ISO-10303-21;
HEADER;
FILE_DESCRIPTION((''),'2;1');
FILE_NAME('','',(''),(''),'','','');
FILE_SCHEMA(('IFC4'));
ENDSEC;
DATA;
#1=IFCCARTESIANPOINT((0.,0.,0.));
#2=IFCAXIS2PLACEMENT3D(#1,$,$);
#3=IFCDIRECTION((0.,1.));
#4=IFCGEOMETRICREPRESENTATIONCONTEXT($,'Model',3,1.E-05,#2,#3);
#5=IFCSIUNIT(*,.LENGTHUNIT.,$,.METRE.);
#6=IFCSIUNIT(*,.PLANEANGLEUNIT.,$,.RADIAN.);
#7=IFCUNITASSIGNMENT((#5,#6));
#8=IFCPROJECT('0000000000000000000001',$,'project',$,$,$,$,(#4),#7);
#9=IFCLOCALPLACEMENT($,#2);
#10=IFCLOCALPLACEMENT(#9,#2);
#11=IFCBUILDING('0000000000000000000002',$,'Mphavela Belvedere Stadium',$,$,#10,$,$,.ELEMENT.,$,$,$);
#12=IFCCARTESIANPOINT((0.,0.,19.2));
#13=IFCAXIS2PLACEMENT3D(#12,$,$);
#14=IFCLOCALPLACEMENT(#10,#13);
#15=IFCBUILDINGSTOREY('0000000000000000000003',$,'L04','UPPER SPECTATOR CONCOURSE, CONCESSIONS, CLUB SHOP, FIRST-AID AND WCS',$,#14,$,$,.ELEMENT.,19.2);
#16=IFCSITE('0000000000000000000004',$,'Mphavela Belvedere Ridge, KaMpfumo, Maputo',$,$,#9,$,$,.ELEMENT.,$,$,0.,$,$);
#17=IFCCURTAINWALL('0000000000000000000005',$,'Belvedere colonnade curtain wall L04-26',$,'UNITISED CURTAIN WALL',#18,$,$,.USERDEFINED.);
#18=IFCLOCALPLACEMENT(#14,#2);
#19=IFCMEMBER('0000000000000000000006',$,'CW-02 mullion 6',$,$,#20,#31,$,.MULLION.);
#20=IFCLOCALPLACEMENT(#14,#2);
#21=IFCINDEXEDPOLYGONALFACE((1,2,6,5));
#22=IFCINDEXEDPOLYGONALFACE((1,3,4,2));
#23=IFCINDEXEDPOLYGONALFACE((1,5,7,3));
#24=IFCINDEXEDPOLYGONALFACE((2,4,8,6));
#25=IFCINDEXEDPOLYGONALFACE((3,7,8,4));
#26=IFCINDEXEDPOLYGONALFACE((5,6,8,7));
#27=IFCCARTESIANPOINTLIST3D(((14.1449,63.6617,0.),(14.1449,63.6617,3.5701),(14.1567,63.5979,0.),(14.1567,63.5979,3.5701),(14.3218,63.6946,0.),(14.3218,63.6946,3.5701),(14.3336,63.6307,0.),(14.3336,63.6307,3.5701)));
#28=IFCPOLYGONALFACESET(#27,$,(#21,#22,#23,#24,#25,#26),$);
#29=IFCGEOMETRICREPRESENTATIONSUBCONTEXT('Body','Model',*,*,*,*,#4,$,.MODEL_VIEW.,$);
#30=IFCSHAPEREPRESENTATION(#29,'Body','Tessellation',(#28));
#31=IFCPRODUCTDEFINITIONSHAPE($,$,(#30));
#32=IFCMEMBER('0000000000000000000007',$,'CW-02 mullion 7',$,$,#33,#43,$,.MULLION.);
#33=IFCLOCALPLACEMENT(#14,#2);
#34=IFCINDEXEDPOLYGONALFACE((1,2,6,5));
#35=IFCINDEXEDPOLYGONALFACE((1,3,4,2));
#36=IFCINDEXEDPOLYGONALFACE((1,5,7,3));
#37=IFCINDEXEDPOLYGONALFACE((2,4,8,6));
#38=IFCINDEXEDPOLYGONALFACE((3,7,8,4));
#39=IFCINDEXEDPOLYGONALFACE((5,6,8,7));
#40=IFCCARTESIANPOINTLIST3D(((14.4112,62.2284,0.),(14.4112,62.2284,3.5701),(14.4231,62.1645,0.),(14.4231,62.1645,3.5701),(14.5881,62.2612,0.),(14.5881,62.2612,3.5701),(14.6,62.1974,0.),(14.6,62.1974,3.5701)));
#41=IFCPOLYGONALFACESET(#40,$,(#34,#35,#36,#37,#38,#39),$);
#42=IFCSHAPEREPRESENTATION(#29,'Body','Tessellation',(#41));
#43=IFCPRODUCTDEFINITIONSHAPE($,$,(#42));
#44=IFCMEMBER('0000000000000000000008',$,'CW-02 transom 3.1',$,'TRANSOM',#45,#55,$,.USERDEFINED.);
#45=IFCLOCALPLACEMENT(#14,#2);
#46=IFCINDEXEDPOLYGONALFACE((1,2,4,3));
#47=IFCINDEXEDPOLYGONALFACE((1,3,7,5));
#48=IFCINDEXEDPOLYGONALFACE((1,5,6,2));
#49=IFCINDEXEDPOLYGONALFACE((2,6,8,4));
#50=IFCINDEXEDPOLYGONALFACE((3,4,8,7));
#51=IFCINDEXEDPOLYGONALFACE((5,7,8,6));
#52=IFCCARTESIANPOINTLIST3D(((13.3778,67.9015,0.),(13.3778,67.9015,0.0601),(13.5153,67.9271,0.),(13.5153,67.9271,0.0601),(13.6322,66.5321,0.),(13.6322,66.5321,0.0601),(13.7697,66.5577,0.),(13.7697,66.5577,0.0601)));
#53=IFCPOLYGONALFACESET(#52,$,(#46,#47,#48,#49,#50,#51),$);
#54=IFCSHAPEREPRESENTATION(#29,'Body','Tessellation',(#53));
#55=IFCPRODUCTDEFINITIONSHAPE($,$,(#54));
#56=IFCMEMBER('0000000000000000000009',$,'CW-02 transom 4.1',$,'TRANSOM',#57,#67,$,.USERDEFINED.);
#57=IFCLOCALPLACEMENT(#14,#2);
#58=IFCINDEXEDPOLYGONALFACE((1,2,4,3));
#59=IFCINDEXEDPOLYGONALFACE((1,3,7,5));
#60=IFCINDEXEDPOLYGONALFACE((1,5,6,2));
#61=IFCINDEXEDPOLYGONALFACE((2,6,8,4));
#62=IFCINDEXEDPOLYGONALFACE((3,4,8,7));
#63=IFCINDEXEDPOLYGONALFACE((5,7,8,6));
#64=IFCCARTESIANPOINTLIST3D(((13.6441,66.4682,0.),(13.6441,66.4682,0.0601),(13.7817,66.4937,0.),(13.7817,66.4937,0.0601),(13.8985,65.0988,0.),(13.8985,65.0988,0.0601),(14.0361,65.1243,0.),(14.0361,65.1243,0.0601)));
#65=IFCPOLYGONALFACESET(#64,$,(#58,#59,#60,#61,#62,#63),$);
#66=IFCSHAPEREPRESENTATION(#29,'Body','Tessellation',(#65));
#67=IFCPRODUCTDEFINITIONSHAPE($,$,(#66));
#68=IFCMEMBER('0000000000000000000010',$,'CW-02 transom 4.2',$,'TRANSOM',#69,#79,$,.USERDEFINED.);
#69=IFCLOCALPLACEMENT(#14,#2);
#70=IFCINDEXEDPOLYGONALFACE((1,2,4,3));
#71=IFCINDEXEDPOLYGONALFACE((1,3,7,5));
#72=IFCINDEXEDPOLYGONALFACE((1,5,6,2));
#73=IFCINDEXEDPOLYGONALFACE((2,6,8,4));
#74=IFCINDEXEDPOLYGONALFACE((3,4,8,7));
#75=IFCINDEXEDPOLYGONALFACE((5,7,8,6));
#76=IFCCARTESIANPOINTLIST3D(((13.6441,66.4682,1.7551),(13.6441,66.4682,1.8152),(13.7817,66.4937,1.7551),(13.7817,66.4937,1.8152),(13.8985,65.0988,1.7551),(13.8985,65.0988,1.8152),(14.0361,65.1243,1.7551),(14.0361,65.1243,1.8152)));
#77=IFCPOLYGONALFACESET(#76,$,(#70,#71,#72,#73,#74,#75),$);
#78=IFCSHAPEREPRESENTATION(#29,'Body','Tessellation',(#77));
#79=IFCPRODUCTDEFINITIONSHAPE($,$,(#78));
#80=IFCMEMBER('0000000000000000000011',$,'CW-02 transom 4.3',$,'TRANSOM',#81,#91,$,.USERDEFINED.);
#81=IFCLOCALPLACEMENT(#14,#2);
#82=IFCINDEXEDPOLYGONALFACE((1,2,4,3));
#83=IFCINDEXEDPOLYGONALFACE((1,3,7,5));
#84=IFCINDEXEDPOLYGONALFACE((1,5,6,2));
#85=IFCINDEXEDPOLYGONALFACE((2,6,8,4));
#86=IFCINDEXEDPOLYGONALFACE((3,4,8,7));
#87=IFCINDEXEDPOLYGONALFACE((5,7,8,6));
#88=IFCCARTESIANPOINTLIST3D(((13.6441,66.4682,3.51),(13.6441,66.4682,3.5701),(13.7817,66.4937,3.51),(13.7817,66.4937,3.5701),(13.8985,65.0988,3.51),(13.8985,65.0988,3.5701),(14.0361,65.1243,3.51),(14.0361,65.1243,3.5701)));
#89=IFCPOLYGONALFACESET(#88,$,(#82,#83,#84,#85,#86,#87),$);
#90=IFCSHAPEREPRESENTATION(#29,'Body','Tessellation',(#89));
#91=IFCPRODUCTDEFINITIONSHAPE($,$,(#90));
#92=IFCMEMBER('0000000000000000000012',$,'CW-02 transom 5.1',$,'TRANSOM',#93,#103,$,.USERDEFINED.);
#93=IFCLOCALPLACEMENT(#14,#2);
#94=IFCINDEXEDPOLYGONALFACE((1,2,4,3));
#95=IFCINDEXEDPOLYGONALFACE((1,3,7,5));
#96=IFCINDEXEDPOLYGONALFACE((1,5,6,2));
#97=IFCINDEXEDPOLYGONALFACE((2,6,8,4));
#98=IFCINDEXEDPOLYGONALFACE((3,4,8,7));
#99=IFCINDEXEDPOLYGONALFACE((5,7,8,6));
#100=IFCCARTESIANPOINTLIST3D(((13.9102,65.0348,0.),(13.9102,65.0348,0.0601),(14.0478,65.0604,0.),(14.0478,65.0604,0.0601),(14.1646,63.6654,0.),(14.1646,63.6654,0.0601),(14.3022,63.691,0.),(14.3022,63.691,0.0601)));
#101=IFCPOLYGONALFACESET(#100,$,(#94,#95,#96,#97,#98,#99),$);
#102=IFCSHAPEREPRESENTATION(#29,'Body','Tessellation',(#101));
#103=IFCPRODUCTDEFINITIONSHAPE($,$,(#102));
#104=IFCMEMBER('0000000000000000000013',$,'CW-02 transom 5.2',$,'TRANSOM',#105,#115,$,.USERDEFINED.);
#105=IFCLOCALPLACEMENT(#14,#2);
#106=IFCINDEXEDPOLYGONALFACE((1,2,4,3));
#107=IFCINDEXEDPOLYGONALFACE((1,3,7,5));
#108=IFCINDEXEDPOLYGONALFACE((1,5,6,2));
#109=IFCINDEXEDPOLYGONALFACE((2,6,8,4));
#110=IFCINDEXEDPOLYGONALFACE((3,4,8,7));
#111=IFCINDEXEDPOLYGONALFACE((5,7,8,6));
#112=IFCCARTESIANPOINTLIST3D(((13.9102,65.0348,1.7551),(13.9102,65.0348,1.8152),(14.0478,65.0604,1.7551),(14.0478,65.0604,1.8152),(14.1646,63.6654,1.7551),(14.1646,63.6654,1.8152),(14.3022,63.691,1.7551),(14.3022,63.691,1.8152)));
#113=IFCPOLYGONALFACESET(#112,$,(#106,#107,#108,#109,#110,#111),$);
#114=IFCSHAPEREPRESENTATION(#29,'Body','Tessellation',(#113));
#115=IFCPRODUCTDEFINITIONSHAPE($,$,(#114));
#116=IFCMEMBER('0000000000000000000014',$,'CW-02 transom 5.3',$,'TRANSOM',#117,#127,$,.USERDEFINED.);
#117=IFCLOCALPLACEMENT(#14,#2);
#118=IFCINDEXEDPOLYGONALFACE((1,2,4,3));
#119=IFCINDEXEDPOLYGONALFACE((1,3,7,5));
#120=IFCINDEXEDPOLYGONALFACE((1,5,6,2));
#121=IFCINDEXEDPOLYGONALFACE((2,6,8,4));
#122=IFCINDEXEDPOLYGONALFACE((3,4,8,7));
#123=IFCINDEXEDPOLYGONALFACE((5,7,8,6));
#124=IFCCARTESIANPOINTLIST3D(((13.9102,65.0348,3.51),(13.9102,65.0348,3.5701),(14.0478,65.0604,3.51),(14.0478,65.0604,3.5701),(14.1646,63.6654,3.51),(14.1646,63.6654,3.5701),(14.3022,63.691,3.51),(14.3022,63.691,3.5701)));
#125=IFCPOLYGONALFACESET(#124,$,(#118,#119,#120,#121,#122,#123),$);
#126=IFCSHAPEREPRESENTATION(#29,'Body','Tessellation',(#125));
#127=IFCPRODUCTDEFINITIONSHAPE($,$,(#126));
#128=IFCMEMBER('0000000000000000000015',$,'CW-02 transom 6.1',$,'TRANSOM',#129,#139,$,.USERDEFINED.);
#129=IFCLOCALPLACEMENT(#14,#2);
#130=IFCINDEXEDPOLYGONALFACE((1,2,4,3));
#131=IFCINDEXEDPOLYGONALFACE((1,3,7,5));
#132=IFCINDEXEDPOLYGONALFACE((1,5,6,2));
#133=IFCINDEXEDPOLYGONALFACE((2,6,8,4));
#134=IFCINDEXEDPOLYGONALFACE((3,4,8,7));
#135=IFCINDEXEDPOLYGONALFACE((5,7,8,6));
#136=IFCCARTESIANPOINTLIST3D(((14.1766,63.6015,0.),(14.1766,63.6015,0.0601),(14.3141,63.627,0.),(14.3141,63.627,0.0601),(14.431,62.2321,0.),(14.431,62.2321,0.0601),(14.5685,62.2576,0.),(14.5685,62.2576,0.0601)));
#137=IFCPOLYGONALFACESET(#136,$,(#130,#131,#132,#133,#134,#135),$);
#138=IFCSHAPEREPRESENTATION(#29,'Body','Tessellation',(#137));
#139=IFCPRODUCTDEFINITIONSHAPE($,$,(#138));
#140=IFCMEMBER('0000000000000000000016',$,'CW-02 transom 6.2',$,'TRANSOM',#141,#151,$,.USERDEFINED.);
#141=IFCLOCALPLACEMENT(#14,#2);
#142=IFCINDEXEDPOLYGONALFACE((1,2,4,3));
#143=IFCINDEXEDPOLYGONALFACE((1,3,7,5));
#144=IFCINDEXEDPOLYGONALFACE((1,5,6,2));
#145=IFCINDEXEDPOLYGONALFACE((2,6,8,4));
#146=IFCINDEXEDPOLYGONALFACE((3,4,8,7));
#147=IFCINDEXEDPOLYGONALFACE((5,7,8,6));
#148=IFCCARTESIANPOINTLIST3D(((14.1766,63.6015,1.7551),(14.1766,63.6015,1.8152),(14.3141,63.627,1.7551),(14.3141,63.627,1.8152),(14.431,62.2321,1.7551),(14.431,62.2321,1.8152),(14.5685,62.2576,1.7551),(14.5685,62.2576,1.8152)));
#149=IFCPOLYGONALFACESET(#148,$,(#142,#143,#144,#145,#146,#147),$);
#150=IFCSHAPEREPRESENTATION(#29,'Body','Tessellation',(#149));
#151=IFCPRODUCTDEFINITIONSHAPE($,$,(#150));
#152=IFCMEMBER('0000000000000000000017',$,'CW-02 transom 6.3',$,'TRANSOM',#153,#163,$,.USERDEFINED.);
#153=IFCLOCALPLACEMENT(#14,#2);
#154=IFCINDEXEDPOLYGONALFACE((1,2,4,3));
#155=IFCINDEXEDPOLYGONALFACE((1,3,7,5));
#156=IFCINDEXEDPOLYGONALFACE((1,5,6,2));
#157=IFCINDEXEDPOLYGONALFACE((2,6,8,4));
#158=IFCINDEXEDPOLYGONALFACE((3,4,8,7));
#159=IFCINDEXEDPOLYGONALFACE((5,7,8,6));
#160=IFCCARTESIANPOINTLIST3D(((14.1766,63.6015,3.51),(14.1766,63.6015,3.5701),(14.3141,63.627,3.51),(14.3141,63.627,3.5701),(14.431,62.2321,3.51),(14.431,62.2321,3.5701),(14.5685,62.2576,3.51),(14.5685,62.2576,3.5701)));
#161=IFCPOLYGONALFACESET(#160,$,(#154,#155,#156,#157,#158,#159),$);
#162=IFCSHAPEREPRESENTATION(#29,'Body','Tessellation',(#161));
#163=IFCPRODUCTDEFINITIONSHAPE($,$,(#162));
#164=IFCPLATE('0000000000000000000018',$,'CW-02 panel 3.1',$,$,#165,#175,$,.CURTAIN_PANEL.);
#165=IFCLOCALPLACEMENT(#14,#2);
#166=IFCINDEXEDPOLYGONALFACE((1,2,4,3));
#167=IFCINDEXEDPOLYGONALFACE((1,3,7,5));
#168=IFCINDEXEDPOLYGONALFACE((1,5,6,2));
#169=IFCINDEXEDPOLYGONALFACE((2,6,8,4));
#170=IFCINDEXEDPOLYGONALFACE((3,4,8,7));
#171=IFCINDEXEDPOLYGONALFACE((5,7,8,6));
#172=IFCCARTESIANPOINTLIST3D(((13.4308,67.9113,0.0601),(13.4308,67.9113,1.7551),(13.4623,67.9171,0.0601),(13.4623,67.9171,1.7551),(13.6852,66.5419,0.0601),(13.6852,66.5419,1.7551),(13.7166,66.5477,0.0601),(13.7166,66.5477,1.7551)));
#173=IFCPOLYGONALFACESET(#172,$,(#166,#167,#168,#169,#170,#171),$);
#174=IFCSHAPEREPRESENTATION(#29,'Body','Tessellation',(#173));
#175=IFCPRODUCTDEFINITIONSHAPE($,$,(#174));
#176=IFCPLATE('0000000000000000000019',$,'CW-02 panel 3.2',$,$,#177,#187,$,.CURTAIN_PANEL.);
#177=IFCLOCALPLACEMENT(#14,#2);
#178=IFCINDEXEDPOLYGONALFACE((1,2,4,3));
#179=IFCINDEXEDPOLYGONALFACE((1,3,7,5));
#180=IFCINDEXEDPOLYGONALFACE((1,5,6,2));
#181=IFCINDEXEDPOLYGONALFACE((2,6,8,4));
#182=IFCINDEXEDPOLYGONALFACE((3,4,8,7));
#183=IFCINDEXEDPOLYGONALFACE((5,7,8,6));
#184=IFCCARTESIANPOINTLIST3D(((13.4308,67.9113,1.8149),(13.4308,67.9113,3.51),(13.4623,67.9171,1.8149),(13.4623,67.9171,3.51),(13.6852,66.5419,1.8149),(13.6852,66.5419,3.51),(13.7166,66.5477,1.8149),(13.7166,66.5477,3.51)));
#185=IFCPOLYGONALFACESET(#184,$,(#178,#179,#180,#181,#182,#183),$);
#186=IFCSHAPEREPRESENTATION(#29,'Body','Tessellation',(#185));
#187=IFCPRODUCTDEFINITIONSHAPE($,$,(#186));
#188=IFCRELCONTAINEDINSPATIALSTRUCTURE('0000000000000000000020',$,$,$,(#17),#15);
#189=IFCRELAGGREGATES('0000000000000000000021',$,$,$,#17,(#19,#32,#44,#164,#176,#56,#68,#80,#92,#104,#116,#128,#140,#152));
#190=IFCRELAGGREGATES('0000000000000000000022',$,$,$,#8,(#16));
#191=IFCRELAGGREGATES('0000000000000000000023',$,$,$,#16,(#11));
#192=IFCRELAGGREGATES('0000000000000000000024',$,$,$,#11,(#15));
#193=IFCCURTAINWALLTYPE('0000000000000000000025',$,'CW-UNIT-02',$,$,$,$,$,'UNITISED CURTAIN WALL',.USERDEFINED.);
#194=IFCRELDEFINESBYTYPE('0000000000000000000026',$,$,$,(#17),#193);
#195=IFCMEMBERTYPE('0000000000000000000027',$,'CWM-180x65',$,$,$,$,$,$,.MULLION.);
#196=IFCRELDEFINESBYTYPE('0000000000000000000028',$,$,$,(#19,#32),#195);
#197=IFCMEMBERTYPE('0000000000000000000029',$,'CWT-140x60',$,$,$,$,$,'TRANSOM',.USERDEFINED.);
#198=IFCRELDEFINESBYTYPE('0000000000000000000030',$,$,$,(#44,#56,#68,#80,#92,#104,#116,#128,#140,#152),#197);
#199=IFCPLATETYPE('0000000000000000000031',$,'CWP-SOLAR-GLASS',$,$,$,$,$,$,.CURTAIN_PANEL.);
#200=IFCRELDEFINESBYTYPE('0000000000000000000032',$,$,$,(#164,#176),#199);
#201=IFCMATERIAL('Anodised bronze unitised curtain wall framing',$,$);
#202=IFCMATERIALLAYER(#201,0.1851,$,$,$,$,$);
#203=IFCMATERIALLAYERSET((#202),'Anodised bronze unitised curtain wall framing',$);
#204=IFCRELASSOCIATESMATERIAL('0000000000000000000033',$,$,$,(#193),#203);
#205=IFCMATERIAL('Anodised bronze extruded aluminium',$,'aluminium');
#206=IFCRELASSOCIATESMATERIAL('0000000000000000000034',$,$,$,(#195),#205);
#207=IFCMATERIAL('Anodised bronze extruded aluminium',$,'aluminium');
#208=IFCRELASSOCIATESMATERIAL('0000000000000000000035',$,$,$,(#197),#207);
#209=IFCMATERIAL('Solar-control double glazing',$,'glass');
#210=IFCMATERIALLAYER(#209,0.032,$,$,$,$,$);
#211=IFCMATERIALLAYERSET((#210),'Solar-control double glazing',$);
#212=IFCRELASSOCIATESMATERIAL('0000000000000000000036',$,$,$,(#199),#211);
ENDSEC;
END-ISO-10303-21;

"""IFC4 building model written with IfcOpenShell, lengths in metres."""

from ifc_helpers import new_model, si_unit, direction, frame, origin, origin_2d, place, context, subcontext, project, spatial, rectangle, extrude, material, layer, layer_set, material_profile, profile_set, type_object, element, aggregate, save


model = new_model("IFC4")

# Units and contexts
model_context = context("Model", 3, precision=1e-05, world=origin(), true_north=direction((0.0, 1.0)))
body_context = subcontext(model_context, "Body", "Model", "MODEL_VIEW")
ifc_project = project(units=[si_unit("LENGTHUNIT", "METRE"), si_unit("PLANEANGLEUNIT", "RADIAN")], contexts=[model_context])

# Site, building, storey
site_placement = place(None, origin())
site = spatial("IfcSite", under=ifc_project, at=site_placement, Name="Mphavela Belvedere Ridge, KaMpfumo, Maputo", CompositionType="ELEMENT", RefElevation=0.0)
building_placement = place(site_placement, origin())
building = spatial("IfcBuilding", under=site, at=building_placement, Name="Mphavela Belvedere Stadium", CompositionType="ELEMENT")
storey_placement = place(building_placement, frame((0.0, 0.0, 19.2)))
storey = spatial("IfcBuildingStorey", under=building, at=storey_placement, Name="L04", Description="UPPER SPECTATOR CONCOURSE, CONCESSIONS, CLUB SHOP, FIRST-AID AND WCS", CompositionType="ELEMENT", Elevation=19.2)

# Curtain wall, members, plates
ifc_material_1 = material(Name="Anodised bronze unitised curtain wall framing")
ifc_layer_1 = layer(ifc_material_1, 0.1851)
ifc_layer_set_1 = layer_set([ifc_layer_1], Name="Anodised bronze unitised curtain wall framing")
curtain_wall_type = type_object("IfcCurtainWallType", Name="CW-UNIT-02", ElementType="UNITISED CURTAIN WALL", PredefinedType="USERDEFINED", material=ifc_layer_set_1)
curtain_wall_placement = place(storey_placement, origin())
curtain_wall = element("IfcCurtainWall", 1, at=curtain_wall_placement, inside=storey, type_object=curtain_wall_type, Name="Belvedere colonnade curtain wall L04-26", ObjectType="UNITISED CURTAIN WALL", PredefinedType="USERDEFINED")
ifc_material_2 = material(Name="Anodised bronze extruded aluminium", Category="aluminium")
ifc_material_profile_1 = material_profile(ifc_material_2, rectangle(XDim=0.1799, YDim=0.0649, at=origin_2d()), Name="CW-MUL 180x65")
ifc_profile_set_1 = profile_set([ifc_material_profile_1], Name="Anodised bronze extruded aluminium")
member_type_1 = type_object("IfcMemberType", Name="CWM-180x65", PredefinedType="MULLION", material=ifc_profile_set_1)
member_1_placement = place(storey_placement, frame((14.2393, 63.6462, 0.0), z_axis=(0.0, 0.0, 1.0), x_axis=(0.983184, 0.182618, 0.0)))
member_1 = element("IfcMember", 2, at=member_1_placement, type_object=member_type_1, Name="CW-02 mullion 6", PredefinedType="MULLION", context=body_context, shape_type="SweptSolid", body=[
    extrude(rectangle(XDim=0.1799, YDim=0.0649, at=origin_2d()), origin(), (0.0, 0.0, 1.0), 3.5701),
])
member_2_placement = place(storey_placement, frame((14.5056, 62.2129, 0.0), z_axis=(0.0, 0.0, 1.0), x_axis=(0.983184, 0.182618, 0.0)))
member_2 = element("IfcMember", 3, at=member_2_placement, type_object=member_type_1, Name="CW-02 mullion 7", PredefinedType="MULLION", context=body_context, shape_type="SweptSolid", body=[
    extrude(rectangle(XDim=0.1799, YDim=0.0649, at=origin_2d()), origin(), (0.0, 0.0, 1.0), 3.5701),
])
ifc_material_3 = material(Name="Anodised bronze extruded aluminium", Category="aluminium")
ifc_material_profile_2 = material_profile(ifc_material_3, rectangle(XDim=0.1399, YDim=0.0601, at=origin_2d()), Name="CW-TRN 140x60")
ifc_profile_set_2 = profile_set([ifc_material_profile_2], Name="Anodised bronze extruded aluminium")
member_type_2 = type_object("IfcMemberType", Name="CWT-140x60", ElementType="TRANSOM", PredefinedType="USERDEFINED", material=ifc_profile_set_2)
member_3_placement = place(storey_placement, frame((13.4465, 67.9143, 0.03), z_axis=(0.182648, -0.983178, 0.0), x_axis=(0.983178, 0.182648, 0.0)))
member_3 = element("IfcMember", 4, at=member_3_placement, type_object=member_type_2, Name="CW-02 transom 3.1", ObjectType="TRANSOM", PredefinedType="USERDEFINED", context=body_context, shape_type="SweptSolid", body=[
    extrude(rectangle(XDim=0.1399, YDim=0.0601, at=origin_2d()), origin(), (0.0, 0.0, 1.0), 1.3928),
])
member_4_placement = place(storey_placement, frame((13.7129, 66.481, 0.03), z_axis=(0.182648, -0.983178, 0.0), x_axis=(0.983178, 0.182648, 0.0)))
member_4 = element("IfcMember", 5, at=member_4_placement, type_object=member_type_2, Name="CW-02 transom 4.1", ObjectType="TRANSOM", PredefinedType="USERDEFINED", context=body_context, shape_type="SweptSolid", body=[
    extrude(rectangle(XDim=0.1399, YDim=0.0601, at=origin_2d()), origin(), (0.0, 0.0, 1.0), 1.3928),
])
member_5_placement = place(storey_placement, frame((13.7129, 66.481, 1.7852), z_axis=(0.182648, -0.983178, 0.0), x_axis=(0.983178, 0.182648, 0.0)))
member_5 = element("IfcMember", 6, at=member_5_placement, type_object=member_type_2, Name="CW-02 transom 4.2", ObjectType="TRANSOM", PredefinedType="USERDEFINED", context=body_context, shape_type="SweptSolid", body=[
    extrude(rectangle(XDim=0.1399, YDim=0.0601, at=origin_2d()), origin(), (0.0, 0.0, 1.0), 1.3928),
])
member_6_placement = place(storey_placement, frame((13.7129, 66.481, 3.54), z_axis=(0.182648, -0.983178, 0.0), x_axis=(0.983178, 0.182648, 0.0)))
member_6 = element("IfcMember", 7, at=member_6_placement, type_object=member_type_2, Name="CW-02 transom 4.3", ObjectType="TRANSOM", PredefinedType="USERDEFINED", context=body_context, shape_type="SweptSolid", body=[
    extrude(rectangle(XDim=0.1399, YDim=0.0601, at=origin_2d()), origin(), (0.0, 0.0, 1.0), 1.3928),
])
member_7_placement = place(storey_placement, frame((13.979, 65.0476, 0.03), z_axis=(0.182648, -0.983178, 0.0), x_axis=(0.983178, 0.182648, 0.0)))
member_7 = element("IfcMember", 8, at=member_7_placement, type_object=member_type_2, Name="CW-02 transom 5.1", ObjectType="TRANSOM", PredefinedType="USERDEFINED", context=body_context, shape_type="SweptSolid", body=[
    extrude(rectangle(XDim=0.1399, YDim=0.0601, at=origin_2d()), origin(), (0.0, 0.0, 1.0), 1.3928),
])
member_8_placement = place(storey_placement, frame((13.979, 65.0476, 1.7852), z_axis=(0.182648, -0.983178, 0.0), x_axis=(0.983178, 0.182648, 0.0)))
member_8 = element("IfcMember", 9, at=member_8_placement, type_object=member_type_2, Name="CW-02 transom 5.2", ObjectType="TRANSOM", PredefinedType="USERDEFINED", context=body_context, shape_type="SweptSolid", body=[
    extrude(rectangle(XDim=0.1399, YDim=0.0601, at=origin_2d()), origin(), (0.0, 0.0, 1.0), 1.3928),
])
member_9_placement = place(storey_placement, frame((13.979, 65.0476, 3.54), z_axis=(0.182648, -0.983178, 0.0), x_axis=(0.983178, 0.182648, 0.0)))
member_9 = element("IfcMember", 10, at=member_9_placement, type_object=member_type_2, Name="CW-02 transom 5.3", ObjectType="TRANSOM", PredefinedType="USERDEFINED", context=body_context, shape_type="SweptSolid", body=[
    extrude(rectangle(XDim=0.1399, YDim=0.0601, at=origin_2d()), origin(), (0.0, 0.0, 1.0), 1.3928),
])
member_10_placement = place(storey_placement, frame((14.2454, 63.6143, 0.03), z_axis=(0.182648, -0.983178, 0.0), x_axis=(0.983178, 0.182648, 0.0)))
member_10 = element("IfcMember", 11, at=member_10_placement, type_object=member_type_2, Name="CW-02 transom 6.1", ObjectType="TRANSOM", PredefinedType="USERDEFINED", context=body_context, shape_type="SweptSolid", body=[
    extrude(rectangle(XDim=0.1399, YDim=0.0601, at=origin_2d()), origin(), (0.0, 0.0, 1.0), 1.3928),
])
member_11_placement = place(storey_placement, frame((14.2454, 63.6143, 1.7852), z_axis=(0.182648, -0.983178, 0.0), x_axis=(0.983178, 0.182648, 0.0)))
member_11 = element("IfcMember", 12, at=member_11_placement, type_object=member_type_2, Name="CW-02 transom 6.2", ObjectType="TRANSOM", PredefinedType="USERDEFINED", context=body_context, shape_type="SweptSolid", body=[
    extrude(rectangle(XDim=0.1399, YDim=0.0601, at=origin_2d()), origin(), (0.0, 0.0, 1.0), 1.3928),
])
member_12_placement = place(storey_placement, frame((14.2454, 63.6143, 3.54), z_axis=(0.182648, -0.983178, 0.0), x_axis=(0.983178, 0.182648, 0.0)))
member_12 = element("IfcMember", 13, at=member_12_placement, type_object=member_type_2, Name="CW-02 transom 6.3", ObjectType="TRANSOM", PredefinedType="USERDEFINED", context=body_context, shape_type="SweptSolid", body=[
    extrude(rectangle(XDim=0.1399, YDim=0.0601, at=origin_2d()), origin(), (0.0, 0.0, 1.0), 1.3928),
])
ifc_material_4 = material(Name="Solar-control double glazing", Category="glass")
ifc_layer_2 = layer(ifc_material_4, 0.032)
ifc_layer_set_2 = layer_set([ifc_layer_2], Name="Solar-control double glazing")
plate_type = type_object("IfcPlateType", Name="CWP-SOLAR-GLASS", PredefinedType="CURTAIN_PANEL", material=ifc_layer_set_2)
plate_1_placement = place(storey_placement, frame((13.5737, 67.2295, 0.0601), z_axis=(0.0, 0.0, 1.0), x_axis=(0.182618, -0.983184, 0.0)))
plate_1 = element("IfcPlate", 14, at=plate_1_placement, type_object=plate_type, Name="CW-02 panel 3.1", PredefinedType="CURTAIN_PANEL", context=body_context, shape_type="SweptSolid", body=[
    extrude(rectangle(XDim=1.3928, YDim=0.032, at=origin_2d()), origin(), (0.0, 0.0, 1.0), 1.6951),
])
plate_2_placement = place(storey_placement, frame((13.5737, 67.2295, 1.8149), z_axis=(0.0, 0.0, 1.0), x_axis=(0.182618, -0.983184, 0.0)))
plate_2 = element("IfcPlate", 15, at=plate_2_placement, type_object=plate_type, Name="CW-02 panel 3.2", PredefinedType="CURTAIN_PANEL", context=body_context, shape_type="SweptSolid", body=[
    extrude(rectangle(XDim=1.3928, YDim=0.032, at=origin_2d()), origin(), (0.0, 0.0, 1.0), 1.6951),
])
aggregate(curtain_wall, [member_1, member_2, member_3, plate_1, plate_2, member_4, member_5, member_6, member_7, member_8, member_9, member_10, member_11, member_12])

save(model, "model.ifc")
